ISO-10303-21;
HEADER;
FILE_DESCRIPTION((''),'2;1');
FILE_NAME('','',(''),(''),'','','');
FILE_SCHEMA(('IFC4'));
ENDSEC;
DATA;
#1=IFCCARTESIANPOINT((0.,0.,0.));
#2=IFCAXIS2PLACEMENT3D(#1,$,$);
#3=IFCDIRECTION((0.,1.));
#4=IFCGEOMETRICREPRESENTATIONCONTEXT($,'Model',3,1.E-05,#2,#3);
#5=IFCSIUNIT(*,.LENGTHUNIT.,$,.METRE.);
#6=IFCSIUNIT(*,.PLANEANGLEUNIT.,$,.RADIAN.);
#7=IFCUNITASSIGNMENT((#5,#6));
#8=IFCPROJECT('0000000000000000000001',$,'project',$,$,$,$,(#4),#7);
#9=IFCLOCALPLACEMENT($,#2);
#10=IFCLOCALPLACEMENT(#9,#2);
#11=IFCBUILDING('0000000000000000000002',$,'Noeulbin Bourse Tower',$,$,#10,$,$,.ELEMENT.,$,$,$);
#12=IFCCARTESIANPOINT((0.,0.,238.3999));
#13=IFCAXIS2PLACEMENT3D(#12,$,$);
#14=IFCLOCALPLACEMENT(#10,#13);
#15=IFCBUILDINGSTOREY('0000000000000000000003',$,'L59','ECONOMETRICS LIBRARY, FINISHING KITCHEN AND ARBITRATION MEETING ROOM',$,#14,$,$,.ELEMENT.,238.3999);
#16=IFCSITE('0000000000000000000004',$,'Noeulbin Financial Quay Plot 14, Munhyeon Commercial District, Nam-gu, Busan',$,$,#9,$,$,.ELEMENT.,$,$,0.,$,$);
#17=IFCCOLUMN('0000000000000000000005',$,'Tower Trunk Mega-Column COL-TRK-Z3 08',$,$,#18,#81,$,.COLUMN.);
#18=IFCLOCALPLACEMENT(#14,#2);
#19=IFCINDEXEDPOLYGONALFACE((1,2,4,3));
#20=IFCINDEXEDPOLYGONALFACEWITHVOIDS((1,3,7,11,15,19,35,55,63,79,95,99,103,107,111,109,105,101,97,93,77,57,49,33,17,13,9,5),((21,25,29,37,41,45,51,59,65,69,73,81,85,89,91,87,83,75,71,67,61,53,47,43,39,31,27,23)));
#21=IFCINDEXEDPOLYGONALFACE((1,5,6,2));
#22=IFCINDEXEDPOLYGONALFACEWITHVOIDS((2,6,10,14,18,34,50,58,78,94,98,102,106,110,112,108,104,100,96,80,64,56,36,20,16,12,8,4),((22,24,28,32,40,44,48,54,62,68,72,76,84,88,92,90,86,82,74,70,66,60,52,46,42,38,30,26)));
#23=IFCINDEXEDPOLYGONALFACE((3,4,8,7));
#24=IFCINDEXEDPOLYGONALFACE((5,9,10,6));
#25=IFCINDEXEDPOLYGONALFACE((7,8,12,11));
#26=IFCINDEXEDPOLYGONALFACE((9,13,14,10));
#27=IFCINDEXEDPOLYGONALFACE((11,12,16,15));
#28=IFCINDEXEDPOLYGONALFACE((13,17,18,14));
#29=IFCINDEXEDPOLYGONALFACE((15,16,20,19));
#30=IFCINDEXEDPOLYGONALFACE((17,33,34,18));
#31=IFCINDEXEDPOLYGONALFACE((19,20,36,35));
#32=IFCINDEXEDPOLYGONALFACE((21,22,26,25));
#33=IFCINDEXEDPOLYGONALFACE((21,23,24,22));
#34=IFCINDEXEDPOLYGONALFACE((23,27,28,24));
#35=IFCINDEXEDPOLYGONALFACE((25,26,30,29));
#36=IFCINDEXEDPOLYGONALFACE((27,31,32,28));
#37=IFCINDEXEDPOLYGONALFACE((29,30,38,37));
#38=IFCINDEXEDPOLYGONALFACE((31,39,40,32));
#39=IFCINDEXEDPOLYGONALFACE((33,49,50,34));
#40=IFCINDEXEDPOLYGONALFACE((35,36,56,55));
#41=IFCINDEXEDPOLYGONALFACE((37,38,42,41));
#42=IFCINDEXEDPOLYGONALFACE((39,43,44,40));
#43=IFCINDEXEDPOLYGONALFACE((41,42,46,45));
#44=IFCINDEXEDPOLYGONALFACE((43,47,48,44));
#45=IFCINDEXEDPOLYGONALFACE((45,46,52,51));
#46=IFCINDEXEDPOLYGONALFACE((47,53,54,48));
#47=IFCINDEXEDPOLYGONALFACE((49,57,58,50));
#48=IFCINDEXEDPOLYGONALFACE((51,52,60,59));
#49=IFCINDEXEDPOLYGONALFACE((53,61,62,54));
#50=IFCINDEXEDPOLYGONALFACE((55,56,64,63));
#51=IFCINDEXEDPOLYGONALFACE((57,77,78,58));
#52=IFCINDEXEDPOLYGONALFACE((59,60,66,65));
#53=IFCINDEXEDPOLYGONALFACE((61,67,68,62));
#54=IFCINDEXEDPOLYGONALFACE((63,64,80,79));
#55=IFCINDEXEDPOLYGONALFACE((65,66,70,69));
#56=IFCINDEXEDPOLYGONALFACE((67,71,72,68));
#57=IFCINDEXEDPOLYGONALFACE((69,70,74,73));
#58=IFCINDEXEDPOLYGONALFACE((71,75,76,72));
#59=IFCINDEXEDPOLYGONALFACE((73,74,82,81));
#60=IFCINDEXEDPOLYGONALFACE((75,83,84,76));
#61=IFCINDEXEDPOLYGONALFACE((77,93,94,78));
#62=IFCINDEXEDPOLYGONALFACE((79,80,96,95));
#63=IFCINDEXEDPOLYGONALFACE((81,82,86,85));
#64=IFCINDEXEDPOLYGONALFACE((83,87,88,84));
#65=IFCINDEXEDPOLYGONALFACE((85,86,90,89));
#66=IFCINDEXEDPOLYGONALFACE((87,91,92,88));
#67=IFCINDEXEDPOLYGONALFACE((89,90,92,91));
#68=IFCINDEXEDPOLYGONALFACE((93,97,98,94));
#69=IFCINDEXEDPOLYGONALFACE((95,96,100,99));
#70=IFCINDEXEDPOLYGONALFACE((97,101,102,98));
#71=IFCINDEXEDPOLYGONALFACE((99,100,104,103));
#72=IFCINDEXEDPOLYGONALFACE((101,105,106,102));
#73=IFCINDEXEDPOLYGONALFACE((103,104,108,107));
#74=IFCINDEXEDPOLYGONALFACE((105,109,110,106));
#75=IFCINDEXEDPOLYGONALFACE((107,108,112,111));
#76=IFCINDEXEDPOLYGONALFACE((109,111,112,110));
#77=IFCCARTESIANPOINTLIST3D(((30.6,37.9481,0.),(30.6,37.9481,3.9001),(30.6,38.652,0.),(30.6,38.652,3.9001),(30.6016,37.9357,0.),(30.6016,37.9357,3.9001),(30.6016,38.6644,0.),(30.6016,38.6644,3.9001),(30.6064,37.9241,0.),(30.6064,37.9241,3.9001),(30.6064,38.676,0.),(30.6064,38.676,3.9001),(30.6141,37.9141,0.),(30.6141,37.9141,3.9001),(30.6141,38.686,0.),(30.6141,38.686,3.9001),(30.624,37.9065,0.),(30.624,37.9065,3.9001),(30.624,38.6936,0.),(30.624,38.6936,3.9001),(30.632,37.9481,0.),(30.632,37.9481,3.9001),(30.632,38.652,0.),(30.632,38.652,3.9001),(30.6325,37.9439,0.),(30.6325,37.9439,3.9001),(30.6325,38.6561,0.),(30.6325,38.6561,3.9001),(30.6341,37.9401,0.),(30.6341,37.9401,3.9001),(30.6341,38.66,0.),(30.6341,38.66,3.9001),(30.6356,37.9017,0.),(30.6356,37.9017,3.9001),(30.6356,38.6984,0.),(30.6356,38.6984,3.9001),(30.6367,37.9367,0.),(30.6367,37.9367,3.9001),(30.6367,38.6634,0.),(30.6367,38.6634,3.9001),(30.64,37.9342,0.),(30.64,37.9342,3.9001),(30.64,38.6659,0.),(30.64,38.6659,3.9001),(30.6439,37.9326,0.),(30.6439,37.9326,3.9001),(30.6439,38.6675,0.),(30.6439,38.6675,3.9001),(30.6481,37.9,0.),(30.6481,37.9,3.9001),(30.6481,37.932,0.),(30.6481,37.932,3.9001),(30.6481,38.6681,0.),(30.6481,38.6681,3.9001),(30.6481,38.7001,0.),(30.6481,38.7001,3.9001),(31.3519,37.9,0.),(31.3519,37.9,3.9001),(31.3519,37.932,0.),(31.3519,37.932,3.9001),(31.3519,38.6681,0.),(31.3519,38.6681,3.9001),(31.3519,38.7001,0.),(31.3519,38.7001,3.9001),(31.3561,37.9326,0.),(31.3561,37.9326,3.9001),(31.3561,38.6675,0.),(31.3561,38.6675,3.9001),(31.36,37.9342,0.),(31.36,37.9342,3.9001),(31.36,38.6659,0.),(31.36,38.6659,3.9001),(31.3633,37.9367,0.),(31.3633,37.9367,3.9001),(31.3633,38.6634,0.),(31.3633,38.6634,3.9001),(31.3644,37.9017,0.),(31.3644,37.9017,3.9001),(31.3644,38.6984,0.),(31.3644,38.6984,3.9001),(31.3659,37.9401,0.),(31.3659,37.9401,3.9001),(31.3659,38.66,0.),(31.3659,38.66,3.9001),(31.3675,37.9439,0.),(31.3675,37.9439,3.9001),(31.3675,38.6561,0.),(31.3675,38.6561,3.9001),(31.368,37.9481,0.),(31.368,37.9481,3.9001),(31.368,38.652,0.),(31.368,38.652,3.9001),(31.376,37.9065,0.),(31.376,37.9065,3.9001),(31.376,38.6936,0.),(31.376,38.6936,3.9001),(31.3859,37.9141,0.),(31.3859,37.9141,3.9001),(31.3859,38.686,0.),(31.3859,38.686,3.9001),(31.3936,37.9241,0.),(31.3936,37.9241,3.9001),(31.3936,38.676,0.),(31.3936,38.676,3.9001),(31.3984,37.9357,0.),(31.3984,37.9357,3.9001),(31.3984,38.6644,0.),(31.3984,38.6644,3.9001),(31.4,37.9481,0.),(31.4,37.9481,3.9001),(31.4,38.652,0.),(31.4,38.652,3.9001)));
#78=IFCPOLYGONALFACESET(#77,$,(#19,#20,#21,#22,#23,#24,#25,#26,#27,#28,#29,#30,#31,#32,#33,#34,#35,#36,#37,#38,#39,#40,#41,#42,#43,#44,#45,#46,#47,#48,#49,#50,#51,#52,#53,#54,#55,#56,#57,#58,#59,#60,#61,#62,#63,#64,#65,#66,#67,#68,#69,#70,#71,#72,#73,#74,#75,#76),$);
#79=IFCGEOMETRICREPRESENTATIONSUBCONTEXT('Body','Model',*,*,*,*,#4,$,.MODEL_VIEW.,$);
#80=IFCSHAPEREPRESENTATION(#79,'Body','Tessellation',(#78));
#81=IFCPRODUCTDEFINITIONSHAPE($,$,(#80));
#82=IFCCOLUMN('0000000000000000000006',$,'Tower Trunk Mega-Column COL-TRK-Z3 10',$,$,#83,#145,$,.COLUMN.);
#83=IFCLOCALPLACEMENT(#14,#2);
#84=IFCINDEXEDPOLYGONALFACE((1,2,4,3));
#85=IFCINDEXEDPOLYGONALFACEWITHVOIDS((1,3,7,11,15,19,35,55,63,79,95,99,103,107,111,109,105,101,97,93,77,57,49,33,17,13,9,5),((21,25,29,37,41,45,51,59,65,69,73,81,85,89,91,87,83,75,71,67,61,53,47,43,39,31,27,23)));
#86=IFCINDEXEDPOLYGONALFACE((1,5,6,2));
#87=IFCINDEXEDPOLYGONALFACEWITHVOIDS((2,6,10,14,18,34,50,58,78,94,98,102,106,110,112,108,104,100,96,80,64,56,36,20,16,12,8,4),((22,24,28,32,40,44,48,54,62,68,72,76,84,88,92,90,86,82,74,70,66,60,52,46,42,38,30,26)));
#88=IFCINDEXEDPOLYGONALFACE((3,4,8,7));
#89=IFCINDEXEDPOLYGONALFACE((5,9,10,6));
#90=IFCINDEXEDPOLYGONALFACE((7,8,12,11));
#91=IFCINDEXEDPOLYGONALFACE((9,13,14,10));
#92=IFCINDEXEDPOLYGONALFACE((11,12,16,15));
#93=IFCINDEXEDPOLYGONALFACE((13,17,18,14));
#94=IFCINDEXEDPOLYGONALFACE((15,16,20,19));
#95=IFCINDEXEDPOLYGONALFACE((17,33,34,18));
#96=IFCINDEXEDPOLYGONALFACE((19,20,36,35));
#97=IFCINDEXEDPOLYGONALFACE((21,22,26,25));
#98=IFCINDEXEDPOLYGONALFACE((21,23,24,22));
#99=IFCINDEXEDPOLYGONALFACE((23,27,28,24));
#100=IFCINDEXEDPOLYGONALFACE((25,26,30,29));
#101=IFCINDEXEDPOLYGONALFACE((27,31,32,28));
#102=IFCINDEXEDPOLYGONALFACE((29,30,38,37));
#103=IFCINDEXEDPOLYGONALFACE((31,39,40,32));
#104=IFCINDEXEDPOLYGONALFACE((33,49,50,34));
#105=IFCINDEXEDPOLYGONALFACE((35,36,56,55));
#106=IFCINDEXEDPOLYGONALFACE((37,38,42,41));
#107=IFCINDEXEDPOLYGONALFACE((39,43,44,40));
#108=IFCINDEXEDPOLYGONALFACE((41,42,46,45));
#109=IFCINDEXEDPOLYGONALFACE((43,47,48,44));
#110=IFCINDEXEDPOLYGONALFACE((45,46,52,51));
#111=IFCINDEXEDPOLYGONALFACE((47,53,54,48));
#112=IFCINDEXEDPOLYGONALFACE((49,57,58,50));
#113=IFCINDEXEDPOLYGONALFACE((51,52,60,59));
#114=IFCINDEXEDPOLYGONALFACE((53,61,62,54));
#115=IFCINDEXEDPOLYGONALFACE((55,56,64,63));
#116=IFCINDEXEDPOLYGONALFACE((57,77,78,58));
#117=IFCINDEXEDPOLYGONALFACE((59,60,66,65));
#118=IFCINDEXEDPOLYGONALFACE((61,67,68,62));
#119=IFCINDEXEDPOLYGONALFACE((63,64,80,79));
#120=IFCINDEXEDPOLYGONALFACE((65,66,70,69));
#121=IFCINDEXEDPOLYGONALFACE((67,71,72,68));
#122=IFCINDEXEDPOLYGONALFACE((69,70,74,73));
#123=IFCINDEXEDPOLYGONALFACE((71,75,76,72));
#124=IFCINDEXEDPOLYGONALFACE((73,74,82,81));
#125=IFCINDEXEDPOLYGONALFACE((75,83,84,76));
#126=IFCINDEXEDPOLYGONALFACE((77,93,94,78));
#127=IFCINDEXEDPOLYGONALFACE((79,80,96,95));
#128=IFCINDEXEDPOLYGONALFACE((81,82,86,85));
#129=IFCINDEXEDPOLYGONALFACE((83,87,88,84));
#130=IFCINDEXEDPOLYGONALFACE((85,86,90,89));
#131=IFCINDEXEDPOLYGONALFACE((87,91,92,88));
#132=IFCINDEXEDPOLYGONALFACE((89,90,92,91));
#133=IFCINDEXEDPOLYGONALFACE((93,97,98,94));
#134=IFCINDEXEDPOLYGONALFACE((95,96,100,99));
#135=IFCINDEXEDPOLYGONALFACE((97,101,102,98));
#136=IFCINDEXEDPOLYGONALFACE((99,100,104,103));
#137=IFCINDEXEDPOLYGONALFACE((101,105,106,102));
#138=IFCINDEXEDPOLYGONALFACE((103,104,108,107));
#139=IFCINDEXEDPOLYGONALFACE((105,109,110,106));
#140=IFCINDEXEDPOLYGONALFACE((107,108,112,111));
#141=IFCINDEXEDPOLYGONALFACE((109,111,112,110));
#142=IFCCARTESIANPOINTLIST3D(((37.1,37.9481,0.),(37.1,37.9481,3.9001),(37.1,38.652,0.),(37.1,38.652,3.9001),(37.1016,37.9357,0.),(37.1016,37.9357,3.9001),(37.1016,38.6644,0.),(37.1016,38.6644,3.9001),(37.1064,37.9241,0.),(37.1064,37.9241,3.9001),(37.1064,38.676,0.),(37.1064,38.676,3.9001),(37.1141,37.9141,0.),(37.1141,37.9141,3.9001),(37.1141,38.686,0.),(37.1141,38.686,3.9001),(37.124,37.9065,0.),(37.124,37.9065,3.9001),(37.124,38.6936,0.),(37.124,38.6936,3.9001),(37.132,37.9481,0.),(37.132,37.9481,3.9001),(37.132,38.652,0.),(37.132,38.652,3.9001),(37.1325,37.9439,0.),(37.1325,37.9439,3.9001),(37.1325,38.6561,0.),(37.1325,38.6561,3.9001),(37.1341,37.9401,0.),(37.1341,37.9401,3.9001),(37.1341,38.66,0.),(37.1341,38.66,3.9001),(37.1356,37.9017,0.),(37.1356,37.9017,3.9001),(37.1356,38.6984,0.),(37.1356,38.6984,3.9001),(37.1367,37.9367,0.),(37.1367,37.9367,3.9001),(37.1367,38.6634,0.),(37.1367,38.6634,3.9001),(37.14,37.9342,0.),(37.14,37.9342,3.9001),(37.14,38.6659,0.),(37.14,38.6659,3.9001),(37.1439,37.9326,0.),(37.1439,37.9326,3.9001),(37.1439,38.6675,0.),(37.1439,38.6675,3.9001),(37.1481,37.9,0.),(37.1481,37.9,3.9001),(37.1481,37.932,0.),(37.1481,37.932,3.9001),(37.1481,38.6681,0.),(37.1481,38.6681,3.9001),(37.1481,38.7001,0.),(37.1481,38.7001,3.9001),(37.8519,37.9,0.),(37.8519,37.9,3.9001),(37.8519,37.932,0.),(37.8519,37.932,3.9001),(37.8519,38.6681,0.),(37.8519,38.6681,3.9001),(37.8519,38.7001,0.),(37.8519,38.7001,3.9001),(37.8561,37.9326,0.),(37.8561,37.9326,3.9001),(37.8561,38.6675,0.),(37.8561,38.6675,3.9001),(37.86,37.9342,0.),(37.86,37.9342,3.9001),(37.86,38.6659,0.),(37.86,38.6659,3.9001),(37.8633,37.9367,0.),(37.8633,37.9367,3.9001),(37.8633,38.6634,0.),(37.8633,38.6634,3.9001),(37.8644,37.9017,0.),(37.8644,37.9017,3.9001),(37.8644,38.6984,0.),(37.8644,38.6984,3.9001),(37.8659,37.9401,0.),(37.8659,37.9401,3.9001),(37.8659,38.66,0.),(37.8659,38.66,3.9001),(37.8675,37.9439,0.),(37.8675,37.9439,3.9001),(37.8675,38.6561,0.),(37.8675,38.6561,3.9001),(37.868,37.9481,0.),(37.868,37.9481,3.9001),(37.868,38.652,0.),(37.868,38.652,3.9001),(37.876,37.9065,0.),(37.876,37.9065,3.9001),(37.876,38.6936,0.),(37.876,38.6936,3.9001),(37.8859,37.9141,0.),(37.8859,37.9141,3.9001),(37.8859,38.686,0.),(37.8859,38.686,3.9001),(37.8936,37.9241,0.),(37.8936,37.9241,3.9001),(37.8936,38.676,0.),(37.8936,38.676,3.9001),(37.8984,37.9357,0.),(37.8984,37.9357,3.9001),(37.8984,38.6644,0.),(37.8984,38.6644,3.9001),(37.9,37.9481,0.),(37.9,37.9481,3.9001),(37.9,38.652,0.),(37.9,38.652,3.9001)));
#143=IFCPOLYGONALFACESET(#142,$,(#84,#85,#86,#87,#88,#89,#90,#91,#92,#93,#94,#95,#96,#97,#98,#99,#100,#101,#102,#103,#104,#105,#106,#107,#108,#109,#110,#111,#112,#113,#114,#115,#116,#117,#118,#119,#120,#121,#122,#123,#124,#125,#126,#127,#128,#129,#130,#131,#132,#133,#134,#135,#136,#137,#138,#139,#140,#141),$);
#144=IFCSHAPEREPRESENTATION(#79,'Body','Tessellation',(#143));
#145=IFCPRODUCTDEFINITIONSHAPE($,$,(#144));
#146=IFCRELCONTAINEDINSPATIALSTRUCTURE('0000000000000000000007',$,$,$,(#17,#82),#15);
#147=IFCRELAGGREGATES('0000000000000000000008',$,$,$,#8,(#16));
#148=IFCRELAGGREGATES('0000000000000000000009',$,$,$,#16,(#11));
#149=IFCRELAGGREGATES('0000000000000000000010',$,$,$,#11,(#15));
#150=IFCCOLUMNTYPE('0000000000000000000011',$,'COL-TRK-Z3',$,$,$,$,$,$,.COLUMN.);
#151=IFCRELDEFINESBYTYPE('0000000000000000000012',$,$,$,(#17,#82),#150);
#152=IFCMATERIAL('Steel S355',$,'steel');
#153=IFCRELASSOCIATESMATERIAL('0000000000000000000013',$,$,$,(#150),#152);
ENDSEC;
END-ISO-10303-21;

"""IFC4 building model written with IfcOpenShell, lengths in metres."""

from ifc_helpers import new_model, si_unit, direction, frame, origin, origin_2d, place, context, subcontext, project, spatial, hollow_rectangle, extrude, material, material_profile, profile_set, type_object, element, save


model = new_model("IFC4")

# Units and contexts
model_context = context("Model", 3, precision=1e-05, world=origin(), true_north=direction((0.0, 1.0)))
body_context = subcontext(model_context, "Body", "Model", "MODEL_VIEW")
ifc_project = project(units=[si_unit("LENGTHUNIT", "METRE"), si_unit("PLANEANGLEUNIT", "RADIAN")], contexts=[model_context])

# Site, building, storey
site_placement = place(None, origin())
site = spatial("IfcSite", under=ifc_project, at=site_placement, Name="Noeulbin Financial Quay Plot 14, Munhyeon Commercial District, Nam-gu, Busan", CompositionType="ELEMENT", RefElevation=0.0)
building_placement = place(site_placement, origin())
building = spatial("IfcBuilding", under=site, at=building_placement, Name="Noeulbin Bourse Tower", CompositionType="ELEMENT")
storey_placement = place(building_placement, frame((0.0, 0.0, 238.3999)))
storey = spatial("IfcBuildingStorey", under=building, at=storey_placement, Name="L59", Description="ECONOMETRICS LIBRARY, FINISHING KITCHEN AND ARBITRATION MEETING ROOM", CompositionType="ELEMENT", Elevation=238.3999)

# Columns
ifc_material_1 = material(Name="Steel S355", Category="steel")
ifc_material_profile_1 = material_profile(ifc_material_1, hollow_rectangle(XDim=0.8, YDim=0.8, WallThickness=0.032, InnerFilletRadius=0.0161, OuterFilletRadius=0.0481, at=origin_2d()), Name="BOX-800x800x32", Category="LoadBearing")
ifc_profile_set_1 = profile_set([ifc_material_profile_1], Name="Steel S355")
column_type = type_object("IfcColumnType", Name="COL-TRK-Z3", PredefinedType="COLUMN", material=ifc_profile_set_1)
for number, where, z_axis, x_axis, name in (
    (1, (31.0, 38.3, 0.0), (0.0, 0.0, 1.0), (1.0, 0.0, 0.0), "Tower Trunk Mega-Column COL-TRK-Z3 08"),
    (2, (37.5, 38.3, 0.0), (0.0, 0.0, 1.0), (1.0, 0.0, 0.0), "Tower Trunk Mega-Column COL-TRK-Z3 10"),
):
    element("IfcColumn", number, at=place(storey_placement, frame(where, z_axis=z_axis, x_axis=x_axis)), inside=storey, type_object=column_type, Name=name, PredefinedType="COLUMN", context=body_context, shape_type="SweptSolid", body=[
        extrude(hollow_rectangle(XDim=0.8, YDim=0.8, WallThickness=0.032, InnerFilletRadius=0.0161, OuterFilletRadius=0.0481, at=origin_2d()), origin(), (0.0, 0.0, 1.0), 3.9001),
    ])

save(model, "model.ifc")
